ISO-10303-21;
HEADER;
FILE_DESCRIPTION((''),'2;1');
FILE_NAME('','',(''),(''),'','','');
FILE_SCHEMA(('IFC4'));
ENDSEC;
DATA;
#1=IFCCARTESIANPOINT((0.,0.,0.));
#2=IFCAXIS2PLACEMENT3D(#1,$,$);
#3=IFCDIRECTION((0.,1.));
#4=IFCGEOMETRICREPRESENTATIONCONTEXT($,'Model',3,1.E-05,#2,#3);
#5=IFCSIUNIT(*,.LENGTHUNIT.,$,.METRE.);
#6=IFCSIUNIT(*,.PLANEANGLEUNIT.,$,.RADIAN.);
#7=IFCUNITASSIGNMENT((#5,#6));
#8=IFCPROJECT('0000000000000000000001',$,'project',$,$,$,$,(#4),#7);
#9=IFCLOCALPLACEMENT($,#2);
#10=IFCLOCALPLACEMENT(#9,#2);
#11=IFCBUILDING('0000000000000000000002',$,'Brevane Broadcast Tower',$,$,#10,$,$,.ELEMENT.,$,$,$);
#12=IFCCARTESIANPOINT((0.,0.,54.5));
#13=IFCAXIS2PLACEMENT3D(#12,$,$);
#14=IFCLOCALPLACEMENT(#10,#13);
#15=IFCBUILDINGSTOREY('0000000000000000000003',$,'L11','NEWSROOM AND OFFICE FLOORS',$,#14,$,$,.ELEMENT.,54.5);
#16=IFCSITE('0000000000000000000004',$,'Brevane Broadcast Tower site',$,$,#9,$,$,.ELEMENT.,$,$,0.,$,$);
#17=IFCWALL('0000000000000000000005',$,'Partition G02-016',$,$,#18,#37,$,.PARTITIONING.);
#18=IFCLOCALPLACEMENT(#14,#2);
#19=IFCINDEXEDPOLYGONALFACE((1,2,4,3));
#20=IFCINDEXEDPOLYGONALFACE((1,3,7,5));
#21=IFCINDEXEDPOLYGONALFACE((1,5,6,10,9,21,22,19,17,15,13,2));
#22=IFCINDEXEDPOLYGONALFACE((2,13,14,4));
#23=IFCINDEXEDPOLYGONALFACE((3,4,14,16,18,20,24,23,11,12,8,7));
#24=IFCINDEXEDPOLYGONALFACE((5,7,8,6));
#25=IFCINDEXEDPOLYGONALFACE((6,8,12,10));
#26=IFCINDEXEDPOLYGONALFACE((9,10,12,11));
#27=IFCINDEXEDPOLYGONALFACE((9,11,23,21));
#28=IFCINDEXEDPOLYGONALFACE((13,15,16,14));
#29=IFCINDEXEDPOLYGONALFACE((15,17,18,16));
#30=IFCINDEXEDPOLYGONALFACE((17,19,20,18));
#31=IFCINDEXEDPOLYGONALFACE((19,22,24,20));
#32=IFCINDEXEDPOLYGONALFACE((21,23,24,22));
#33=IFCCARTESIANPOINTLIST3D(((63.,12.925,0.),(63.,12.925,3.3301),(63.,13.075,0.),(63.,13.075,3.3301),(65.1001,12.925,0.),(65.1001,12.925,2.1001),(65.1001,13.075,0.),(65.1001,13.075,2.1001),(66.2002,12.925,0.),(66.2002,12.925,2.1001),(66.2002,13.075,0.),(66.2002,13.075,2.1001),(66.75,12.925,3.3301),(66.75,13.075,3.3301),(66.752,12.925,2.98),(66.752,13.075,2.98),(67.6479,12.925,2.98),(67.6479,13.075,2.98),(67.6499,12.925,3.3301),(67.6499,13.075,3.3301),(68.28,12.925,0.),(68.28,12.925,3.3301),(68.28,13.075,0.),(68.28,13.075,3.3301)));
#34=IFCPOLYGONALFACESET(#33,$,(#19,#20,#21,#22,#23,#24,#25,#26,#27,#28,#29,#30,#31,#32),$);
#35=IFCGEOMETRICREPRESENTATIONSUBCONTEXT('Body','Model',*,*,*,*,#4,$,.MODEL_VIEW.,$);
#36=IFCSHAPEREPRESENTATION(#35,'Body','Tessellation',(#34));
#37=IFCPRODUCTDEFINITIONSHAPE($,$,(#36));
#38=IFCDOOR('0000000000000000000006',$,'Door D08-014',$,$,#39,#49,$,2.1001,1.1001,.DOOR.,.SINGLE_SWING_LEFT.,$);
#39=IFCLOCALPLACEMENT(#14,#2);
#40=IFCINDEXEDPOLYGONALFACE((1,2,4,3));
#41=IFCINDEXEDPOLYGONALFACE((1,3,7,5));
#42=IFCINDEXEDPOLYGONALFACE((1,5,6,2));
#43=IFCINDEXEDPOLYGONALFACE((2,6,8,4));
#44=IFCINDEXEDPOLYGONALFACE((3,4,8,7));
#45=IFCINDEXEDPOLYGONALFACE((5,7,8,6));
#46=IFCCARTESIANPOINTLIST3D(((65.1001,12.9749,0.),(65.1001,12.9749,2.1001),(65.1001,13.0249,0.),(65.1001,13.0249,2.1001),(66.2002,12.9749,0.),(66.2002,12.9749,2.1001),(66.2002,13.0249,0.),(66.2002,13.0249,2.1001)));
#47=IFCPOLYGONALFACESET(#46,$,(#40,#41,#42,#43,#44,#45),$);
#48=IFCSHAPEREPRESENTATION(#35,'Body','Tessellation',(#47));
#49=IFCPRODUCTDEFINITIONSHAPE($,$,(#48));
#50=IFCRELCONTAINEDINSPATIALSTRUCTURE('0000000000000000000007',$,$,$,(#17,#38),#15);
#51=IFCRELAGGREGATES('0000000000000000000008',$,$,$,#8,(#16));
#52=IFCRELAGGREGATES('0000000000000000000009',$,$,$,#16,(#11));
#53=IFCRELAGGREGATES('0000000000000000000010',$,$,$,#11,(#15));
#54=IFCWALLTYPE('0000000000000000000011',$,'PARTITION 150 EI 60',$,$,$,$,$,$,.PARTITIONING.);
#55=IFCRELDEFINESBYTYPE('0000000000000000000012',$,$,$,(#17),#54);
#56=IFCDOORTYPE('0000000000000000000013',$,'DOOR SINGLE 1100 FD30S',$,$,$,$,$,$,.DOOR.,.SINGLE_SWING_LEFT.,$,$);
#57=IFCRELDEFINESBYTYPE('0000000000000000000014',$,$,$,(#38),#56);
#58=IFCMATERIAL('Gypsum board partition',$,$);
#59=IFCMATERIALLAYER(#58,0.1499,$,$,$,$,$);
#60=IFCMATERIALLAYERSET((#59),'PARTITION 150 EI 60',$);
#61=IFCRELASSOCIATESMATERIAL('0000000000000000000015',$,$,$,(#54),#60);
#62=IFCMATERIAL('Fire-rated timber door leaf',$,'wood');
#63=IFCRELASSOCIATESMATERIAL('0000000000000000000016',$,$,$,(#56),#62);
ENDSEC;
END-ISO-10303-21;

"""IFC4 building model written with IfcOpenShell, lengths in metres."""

from ifc_helpers import new_model, si_unit, direction, frame, frame_2d, origin, place, context, subcontext, project, spatial, polyline, rectangle, outline, extrude, material, layer, layer_set, type_object, element, fill, save


model = new_model("IFC4")

# Units and contexts
model_context = context("Model", 3, precision=1e-05, world=origin(), true_north=direction((0.0, 1.0)))
body_context = subcontext(model_context, "Body", "Model", "MODEL_VIEW")
ifc_project = project(units=[si_unit("LENGTHUNIT", "METRE"), si_unit("PLANEANGLEUNIT", "RADIAN")], contexts=[model_context])

# Site, building, storey
site_placement = place(None, origin())
site = spatial("IfcSite", under=ifc_project, at=site_placement, Name="Brevane Broadcast Tower site", CompositionType="ELEMENT", RefElevation=0.0)
building_placement = place(site_placement, origin())
building = spatial("IfcBuilding", under=site, at=building_placement, Name="Brevane Broadcast Tower", CompositionType="ELEMENT")
storey_placement = place(building_placement, frame((0.0, 0.0, 54.5)))
storey = spatial("IfcBuildingStorey", under=building, at=storey_placement, Name="L11", Description="NEWSROOM AND OFFICE FLOORS", CompositionType="ELEMENT", Elevation=54.5)

# Shared definitions
ifc_material_1 = material(Name="Gypsum board partition")
ifc_layer_1 = layer(ifc_material_1, 0.1499)
ifc_layer_set_1 = layer_set([ifc_layer_1], Name="PARTITION 150 EI 60")
wall_type_1 = type_object("IfcWallType", Name="PARTITION 150 EI 60", PredefinedType="PARTITIONING", material=ifc_layer_set_1)

# Wall, opening, door
ifc_material_2 = material(Name="Fire-rated timber door leaf", Category="wood")
wall_1_placement = place(storey_placement, frame((63.0, 13.0, 0.0), z_axis=(0.0, 0.0, 1.0), x_axis=(1.0, 0.0, 0.0)))
wall_1 = element("IfcWall", 1, at=wall_1_placement, inside=storey, type_object=wall_type_1, Name="Partition G02-016", PredefinedType="PARTITIONING", context=body_context, shape_type="SweptSolid", body=[
    extrude(outline(polyline([(0.0, 0.0), (5.28, 0.0), (5.28, 3.3301), (4.6499, 3.3301), (4.6479, 2.98), (3.752, 2.98), (3.75, 3.3301), (0.0, 3.3301), (0.0, 0.0)])), frame((0.0, 0.075, 0.0), z_axis=(0.0, -1.0, 0.0), x_axis=(1.0, 0.0, 0.0)), (0.0, 0.0, 1.0), 0.1499),
])
opening_1_placement = place(wall_1_placement, frame((2.1001, 0.0, 0.0)))
opening_1 = element("IfcOpeningElement", 2, at=opening_1_placement, cuts=wall_1, PredefinedType="OPENING", context=body_context, shape_type="SweptSolid", body=[
    extrude(rectangle(XDim=1.1001, YDim=2.1001, at=frame_2d((0.55, 1.05))), frame((0.0, 0.085, 0.0), z_axis=(0.0, -1.0, 0.0), x_axis=(1.0, 0.0, 0.0)), (0.0, 0.0, 1.0), 0.1699),
])
door_type_1 = type_object("IfcDoorType", Name="DOOR SINGLE 1100 FD30S", OperationType="SINGLE_SWING_LEFT", PredefinedType="DOOR", material=ifc_material_2)
door_1_placement = place(opening_1_placement, origin())
door_1 = element("IfcDoor", 3, at=door_1_placement, inside=storey, type_object=door_type_1, Name="Door D08-014", OperationType="SINGLE_SWING_LEFT", OverallHeight=2.1001, OverallWidth=1.1001, PredefinedType="DOOR", context=body_context, shape_type="SweptSolid", body=[
    extrude(rectangle(XDim=1.1001, YDim=2.1001, at=frame_2d((0.55, 1.05))), frame((0.0, 0.0249, 0.0), z_axis=(0.0, -1.0, 0.0), x_axis=(1.0, 0.0, 0.0)), (0.0, 0.0, 1.0), 0.05),
])
fill(opening_1, door_1)

save(model, "model.ifc")
